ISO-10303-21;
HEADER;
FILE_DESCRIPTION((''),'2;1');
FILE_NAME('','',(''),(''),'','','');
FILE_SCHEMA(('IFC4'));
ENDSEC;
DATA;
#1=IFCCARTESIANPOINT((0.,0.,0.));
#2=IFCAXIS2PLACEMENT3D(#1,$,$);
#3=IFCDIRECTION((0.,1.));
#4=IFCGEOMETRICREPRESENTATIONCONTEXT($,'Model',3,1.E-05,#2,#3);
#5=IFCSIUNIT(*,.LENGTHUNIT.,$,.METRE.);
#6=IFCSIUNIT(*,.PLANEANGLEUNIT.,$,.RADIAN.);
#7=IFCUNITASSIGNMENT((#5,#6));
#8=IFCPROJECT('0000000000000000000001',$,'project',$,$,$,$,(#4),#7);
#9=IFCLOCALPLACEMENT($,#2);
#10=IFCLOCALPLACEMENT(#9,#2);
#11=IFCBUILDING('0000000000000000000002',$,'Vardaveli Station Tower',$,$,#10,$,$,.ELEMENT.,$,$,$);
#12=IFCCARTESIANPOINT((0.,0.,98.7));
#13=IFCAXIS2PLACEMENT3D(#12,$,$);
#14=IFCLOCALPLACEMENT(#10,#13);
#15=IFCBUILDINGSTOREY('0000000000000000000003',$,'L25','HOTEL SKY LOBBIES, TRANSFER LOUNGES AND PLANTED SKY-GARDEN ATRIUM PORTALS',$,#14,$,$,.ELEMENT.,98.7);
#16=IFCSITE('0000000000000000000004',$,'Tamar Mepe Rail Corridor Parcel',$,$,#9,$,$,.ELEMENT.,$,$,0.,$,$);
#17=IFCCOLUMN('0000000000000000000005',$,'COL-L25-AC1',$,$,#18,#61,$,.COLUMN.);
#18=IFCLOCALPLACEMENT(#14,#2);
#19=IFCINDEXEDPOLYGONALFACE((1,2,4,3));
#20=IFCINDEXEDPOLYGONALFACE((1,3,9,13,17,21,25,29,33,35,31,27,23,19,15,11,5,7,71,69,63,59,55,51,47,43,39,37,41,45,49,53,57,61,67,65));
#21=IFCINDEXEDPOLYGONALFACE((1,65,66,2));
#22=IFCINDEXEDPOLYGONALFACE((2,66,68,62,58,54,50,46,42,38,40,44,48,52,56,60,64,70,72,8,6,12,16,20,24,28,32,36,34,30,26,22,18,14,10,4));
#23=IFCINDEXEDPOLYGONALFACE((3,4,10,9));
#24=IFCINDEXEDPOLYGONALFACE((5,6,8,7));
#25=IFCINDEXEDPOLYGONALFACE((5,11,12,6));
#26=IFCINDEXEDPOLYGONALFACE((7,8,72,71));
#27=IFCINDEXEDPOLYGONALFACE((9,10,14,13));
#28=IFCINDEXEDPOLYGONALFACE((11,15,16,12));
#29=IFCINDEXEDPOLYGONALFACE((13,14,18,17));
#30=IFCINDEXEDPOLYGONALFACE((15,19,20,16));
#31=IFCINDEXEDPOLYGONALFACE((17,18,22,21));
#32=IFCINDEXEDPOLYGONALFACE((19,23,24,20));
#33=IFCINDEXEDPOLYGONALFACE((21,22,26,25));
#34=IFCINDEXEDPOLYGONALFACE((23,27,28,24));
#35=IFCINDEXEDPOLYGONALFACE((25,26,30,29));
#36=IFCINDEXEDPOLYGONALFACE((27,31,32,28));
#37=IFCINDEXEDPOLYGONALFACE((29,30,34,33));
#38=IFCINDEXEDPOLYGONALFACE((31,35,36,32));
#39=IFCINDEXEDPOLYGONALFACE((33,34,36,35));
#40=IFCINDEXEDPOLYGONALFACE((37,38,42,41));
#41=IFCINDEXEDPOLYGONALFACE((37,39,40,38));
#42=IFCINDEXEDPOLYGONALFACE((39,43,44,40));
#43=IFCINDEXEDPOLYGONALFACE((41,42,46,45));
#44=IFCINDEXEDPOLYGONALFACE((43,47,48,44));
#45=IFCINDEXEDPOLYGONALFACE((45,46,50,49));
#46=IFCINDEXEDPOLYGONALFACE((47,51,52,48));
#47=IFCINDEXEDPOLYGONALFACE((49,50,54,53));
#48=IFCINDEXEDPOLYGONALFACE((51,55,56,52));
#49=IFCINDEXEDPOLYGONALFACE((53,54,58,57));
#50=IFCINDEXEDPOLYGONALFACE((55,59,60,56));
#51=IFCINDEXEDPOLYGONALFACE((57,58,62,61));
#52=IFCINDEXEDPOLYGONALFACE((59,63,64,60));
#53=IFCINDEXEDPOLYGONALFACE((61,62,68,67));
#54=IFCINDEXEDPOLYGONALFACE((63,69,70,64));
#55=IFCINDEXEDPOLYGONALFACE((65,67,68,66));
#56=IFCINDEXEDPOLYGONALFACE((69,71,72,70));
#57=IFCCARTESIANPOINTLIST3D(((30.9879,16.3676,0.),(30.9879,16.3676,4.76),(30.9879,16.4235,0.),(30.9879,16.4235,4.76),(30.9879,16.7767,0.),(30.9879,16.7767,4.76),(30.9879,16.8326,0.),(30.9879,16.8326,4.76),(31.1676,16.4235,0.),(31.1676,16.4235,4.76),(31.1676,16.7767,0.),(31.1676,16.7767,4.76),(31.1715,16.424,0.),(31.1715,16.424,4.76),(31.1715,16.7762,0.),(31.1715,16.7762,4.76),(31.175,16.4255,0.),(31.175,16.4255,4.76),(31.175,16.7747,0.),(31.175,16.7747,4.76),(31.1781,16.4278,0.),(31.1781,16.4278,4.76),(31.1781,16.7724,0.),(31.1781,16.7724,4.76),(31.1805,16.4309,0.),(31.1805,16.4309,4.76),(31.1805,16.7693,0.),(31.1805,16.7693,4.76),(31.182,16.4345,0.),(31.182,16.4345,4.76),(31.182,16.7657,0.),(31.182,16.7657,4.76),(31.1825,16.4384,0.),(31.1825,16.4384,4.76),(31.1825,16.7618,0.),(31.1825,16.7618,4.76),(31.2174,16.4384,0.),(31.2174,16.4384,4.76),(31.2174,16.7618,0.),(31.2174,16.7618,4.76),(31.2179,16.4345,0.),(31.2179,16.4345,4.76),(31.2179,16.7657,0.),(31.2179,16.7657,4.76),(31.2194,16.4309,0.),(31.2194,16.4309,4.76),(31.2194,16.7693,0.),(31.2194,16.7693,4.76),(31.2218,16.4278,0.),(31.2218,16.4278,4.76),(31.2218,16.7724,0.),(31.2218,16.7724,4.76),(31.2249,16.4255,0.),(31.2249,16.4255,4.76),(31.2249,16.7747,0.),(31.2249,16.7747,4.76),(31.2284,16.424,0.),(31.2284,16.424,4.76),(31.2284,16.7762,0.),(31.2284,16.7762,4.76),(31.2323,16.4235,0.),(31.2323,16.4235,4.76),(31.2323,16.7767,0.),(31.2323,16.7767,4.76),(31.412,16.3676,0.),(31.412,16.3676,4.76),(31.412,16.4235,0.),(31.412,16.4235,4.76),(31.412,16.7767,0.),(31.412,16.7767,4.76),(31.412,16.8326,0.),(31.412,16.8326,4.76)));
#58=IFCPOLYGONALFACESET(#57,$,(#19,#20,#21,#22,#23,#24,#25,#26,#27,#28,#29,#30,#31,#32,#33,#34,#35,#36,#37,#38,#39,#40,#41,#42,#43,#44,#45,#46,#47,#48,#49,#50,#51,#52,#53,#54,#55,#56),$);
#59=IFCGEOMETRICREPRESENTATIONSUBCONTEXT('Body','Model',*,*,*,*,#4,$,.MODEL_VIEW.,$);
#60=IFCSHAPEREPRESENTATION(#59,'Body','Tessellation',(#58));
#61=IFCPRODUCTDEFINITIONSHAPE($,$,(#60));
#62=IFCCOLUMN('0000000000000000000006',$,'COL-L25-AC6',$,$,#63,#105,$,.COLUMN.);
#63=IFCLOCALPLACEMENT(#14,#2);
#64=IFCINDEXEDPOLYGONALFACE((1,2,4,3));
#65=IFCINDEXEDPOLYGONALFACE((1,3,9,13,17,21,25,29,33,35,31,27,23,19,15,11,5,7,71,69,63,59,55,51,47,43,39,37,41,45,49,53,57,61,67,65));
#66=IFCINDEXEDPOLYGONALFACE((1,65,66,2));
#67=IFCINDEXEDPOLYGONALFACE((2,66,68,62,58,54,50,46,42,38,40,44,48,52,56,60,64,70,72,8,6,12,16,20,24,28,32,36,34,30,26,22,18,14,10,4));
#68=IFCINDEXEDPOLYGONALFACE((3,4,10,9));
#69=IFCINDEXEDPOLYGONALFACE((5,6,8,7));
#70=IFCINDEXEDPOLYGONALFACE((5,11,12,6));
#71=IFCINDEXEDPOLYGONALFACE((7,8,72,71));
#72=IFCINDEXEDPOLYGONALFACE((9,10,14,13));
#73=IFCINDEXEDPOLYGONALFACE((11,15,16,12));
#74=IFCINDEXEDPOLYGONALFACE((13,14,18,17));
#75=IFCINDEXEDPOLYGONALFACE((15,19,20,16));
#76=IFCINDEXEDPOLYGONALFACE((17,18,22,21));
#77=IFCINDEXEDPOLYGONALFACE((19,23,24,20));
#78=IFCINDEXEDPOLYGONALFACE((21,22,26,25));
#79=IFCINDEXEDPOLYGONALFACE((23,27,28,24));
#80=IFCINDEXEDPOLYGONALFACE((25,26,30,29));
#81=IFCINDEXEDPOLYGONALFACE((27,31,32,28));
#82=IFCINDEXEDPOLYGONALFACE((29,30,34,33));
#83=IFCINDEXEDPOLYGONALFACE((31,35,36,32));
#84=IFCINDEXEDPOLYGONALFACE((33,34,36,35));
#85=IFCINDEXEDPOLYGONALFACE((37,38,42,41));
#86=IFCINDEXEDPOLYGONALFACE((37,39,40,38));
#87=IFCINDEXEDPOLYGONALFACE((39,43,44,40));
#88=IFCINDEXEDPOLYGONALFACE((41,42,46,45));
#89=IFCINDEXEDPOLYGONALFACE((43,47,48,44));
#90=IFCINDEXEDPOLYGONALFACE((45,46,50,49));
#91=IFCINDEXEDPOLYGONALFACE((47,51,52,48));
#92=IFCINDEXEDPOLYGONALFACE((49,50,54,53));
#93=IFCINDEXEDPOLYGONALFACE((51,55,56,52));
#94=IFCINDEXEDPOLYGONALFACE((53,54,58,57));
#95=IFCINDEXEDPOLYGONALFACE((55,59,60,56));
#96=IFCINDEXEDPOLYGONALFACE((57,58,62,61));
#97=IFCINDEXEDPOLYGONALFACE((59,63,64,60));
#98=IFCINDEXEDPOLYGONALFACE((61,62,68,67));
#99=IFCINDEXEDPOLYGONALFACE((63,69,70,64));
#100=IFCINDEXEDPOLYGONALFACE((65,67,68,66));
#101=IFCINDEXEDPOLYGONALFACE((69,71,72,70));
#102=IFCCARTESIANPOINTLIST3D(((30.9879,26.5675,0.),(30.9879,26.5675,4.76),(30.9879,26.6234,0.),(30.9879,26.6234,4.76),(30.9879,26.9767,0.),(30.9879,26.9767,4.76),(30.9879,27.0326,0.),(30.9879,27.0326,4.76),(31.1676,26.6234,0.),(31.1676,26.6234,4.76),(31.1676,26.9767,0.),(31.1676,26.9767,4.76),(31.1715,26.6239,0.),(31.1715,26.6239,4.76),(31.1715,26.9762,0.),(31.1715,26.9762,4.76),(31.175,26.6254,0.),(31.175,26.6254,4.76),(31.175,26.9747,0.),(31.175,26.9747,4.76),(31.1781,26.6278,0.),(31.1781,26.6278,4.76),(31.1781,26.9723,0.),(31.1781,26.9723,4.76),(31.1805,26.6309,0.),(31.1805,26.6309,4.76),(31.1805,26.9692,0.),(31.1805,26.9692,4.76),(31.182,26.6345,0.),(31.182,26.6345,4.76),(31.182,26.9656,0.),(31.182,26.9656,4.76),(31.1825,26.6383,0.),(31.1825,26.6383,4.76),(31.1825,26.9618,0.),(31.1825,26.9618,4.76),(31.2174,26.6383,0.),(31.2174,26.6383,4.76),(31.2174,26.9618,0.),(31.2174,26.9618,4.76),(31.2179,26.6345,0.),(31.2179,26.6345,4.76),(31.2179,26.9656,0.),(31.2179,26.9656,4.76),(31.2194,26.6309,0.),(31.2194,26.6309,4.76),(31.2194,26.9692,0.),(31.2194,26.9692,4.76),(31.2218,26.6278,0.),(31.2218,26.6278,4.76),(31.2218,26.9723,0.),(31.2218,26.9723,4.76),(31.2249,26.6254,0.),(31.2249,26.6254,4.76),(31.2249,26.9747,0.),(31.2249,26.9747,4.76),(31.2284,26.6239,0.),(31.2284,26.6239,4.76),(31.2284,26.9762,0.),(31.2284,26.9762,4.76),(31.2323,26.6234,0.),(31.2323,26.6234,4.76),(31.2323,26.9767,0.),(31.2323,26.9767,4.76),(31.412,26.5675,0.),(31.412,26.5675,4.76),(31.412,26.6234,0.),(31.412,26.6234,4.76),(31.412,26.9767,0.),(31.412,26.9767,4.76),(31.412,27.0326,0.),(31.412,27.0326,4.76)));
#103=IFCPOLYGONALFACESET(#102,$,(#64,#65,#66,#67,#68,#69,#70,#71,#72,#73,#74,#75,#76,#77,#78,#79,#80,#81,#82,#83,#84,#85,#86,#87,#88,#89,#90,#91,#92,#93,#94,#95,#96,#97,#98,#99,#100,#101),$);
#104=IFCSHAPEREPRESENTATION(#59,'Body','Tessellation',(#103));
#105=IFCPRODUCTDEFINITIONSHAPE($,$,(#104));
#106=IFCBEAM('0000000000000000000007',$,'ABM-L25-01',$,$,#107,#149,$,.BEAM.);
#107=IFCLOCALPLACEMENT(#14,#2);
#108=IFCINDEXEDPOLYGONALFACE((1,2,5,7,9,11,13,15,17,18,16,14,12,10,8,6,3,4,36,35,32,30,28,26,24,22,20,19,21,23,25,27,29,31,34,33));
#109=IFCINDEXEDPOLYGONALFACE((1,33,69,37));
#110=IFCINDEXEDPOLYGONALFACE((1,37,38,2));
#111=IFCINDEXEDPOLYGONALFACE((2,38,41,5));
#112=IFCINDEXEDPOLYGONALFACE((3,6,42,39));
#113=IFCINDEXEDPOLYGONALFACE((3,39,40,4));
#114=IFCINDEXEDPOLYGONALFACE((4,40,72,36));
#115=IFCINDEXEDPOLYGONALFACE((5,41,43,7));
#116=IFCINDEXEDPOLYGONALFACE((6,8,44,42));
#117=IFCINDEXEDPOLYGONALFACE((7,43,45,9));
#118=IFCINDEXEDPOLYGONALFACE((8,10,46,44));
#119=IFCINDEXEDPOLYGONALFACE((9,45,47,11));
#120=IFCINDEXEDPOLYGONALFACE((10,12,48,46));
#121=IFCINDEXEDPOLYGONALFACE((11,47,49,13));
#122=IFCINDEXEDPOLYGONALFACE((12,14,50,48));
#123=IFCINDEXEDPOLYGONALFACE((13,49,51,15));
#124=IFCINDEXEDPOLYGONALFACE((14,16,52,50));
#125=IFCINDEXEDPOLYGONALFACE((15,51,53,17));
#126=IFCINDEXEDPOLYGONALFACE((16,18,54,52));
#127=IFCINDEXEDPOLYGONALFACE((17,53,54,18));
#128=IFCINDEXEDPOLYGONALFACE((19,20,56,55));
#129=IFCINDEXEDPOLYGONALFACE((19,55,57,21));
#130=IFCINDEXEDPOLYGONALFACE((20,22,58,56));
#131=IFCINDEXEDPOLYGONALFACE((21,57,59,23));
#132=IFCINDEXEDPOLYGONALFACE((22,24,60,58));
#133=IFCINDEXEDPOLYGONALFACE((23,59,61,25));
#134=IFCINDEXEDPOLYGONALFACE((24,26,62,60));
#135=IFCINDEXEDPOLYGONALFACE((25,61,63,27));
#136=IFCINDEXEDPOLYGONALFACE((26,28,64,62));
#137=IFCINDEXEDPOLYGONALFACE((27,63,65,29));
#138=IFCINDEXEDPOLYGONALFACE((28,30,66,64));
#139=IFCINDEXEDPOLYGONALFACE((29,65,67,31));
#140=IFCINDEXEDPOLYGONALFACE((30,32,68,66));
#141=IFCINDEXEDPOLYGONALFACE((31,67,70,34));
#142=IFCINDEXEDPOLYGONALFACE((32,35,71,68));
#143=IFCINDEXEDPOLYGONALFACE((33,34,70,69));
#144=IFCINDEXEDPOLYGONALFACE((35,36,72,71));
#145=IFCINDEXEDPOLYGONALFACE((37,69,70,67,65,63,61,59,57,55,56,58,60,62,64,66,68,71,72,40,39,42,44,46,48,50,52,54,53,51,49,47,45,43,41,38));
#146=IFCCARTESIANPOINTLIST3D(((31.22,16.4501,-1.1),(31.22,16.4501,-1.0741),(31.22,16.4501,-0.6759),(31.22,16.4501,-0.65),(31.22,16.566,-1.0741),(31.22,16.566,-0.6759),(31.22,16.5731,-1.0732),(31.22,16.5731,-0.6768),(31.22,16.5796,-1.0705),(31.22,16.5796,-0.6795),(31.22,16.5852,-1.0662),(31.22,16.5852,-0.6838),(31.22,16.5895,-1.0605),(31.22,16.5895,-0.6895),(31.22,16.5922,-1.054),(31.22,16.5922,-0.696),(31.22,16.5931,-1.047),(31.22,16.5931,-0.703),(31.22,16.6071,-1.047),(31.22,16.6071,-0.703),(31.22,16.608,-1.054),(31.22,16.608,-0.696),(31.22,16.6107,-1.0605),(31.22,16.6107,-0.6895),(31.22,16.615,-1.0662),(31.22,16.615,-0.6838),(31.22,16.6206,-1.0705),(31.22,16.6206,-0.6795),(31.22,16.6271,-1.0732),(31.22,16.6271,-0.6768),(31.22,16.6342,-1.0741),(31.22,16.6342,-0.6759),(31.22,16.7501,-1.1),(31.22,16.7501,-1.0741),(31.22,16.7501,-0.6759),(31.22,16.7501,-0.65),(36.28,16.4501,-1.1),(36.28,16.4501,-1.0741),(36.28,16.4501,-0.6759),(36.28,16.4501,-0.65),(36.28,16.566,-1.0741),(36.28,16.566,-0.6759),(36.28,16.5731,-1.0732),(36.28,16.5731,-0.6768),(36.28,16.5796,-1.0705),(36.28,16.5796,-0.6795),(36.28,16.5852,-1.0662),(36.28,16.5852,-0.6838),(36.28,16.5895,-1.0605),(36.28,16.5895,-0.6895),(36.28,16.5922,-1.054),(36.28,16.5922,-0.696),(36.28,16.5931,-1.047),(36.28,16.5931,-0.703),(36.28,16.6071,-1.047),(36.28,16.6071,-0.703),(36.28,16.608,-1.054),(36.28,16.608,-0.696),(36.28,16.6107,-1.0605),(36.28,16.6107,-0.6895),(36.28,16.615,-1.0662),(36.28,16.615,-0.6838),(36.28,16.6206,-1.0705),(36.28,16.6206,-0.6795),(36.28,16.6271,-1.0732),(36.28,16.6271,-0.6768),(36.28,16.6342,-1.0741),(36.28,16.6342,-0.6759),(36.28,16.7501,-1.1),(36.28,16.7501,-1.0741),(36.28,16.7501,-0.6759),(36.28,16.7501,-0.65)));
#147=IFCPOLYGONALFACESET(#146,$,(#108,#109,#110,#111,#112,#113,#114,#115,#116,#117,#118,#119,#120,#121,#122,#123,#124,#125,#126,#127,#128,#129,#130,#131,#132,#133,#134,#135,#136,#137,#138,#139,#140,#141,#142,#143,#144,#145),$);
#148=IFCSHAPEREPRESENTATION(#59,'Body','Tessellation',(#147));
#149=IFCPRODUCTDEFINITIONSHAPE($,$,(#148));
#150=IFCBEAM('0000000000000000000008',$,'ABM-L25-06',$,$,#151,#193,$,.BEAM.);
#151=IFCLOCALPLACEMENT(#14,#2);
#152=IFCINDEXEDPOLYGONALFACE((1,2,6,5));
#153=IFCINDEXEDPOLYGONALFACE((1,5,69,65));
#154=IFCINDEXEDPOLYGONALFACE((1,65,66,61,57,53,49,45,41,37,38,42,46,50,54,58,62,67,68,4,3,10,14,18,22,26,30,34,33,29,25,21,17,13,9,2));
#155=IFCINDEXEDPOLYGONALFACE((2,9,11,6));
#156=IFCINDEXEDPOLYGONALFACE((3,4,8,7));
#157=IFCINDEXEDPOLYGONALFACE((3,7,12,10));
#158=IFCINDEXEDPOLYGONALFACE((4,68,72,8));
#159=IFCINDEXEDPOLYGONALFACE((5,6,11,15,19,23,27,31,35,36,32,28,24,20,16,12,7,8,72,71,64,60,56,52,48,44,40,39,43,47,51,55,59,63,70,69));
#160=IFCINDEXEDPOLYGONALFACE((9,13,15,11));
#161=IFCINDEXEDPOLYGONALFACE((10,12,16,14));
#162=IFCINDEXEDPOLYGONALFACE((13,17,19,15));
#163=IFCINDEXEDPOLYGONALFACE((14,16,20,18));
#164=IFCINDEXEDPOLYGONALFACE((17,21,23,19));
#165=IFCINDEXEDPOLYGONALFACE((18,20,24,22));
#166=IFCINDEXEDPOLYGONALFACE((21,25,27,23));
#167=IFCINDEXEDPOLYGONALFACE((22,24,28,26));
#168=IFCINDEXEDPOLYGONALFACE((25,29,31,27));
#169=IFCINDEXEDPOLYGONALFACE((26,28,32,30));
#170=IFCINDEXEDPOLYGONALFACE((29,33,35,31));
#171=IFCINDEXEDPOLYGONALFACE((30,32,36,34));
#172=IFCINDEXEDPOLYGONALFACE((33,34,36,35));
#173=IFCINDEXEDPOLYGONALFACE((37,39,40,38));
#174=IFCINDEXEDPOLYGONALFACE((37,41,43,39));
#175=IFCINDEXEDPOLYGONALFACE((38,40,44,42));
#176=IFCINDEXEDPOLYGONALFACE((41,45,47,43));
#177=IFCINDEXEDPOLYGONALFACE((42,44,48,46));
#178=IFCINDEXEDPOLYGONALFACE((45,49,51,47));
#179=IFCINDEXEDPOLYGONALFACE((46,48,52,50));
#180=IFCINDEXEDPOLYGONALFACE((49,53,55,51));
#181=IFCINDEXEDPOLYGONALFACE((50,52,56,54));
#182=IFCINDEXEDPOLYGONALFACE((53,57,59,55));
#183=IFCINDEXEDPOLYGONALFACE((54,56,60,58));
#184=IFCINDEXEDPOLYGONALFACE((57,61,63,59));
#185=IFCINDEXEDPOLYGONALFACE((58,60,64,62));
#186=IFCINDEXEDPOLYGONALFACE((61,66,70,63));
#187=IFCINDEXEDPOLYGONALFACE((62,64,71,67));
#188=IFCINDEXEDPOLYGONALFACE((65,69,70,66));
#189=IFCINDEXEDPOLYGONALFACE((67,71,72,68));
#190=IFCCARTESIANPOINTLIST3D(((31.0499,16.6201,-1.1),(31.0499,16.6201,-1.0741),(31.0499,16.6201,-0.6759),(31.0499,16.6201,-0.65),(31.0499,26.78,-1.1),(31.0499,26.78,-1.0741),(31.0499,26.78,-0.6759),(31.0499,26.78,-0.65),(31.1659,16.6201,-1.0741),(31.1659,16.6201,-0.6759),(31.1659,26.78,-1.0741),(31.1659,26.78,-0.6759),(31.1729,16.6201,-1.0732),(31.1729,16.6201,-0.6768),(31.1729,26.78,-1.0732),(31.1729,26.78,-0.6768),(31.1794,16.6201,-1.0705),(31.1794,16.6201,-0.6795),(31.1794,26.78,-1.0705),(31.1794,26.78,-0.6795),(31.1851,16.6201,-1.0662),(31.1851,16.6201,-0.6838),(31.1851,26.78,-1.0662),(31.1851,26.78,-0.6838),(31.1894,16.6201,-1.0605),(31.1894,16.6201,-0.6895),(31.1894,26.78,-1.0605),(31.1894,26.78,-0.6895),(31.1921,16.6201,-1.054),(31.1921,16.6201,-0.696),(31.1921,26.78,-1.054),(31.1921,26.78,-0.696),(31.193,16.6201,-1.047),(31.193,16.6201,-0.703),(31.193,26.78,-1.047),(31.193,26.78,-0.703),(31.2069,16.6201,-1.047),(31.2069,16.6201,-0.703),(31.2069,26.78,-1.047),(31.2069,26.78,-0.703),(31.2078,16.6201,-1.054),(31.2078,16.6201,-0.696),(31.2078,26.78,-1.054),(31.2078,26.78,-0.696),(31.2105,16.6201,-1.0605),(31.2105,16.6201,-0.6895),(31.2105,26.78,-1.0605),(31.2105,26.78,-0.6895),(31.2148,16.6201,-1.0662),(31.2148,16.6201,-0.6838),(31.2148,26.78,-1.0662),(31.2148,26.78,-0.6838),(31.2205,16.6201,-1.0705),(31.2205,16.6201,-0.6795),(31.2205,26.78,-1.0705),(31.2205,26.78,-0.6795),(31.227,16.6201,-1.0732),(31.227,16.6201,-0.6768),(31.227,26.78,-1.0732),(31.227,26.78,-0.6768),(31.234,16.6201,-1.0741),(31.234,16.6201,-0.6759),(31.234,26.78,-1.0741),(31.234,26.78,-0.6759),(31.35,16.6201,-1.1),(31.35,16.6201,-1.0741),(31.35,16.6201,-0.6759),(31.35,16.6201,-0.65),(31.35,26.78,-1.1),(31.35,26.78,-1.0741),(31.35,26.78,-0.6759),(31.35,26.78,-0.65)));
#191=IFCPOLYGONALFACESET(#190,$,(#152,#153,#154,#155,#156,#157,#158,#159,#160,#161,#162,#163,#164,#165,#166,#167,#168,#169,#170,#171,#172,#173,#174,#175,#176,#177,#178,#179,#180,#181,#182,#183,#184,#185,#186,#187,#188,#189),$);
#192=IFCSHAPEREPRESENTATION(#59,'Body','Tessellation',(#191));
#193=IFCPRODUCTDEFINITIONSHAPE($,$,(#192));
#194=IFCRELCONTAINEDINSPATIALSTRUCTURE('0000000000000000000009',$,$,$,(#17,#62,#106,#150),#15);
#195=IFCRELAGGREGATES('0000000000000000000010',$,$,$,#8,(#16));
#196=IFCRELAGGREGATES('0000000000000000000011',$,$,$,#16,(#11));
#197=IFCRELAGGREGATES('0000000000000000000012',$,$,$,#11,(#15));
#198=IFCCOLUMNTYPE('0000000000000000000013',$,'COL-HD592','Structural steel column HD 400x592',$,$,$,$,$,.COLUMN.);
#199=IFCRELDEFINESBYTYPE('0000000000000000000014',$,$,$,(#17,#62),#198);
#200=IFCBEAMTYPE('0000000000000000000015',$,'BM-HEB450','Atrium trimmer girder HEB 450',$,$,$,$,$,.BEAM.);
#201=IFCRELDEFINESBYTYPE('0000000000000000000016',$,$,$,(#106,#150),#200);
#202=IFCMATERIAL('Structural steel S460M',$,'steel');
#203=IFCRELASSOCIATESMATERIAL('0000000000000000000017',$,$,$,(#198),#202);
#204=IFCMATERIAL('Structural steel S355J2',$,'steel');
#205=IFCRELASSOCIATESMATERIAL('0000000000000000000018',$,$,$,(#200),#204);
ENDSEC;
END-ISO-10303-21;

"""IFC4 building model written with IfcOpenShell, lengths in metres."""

from ifc_helpers import new_model, si_unit, direction, frame, origin, origin_2d, place, context, subcontext, project, spatial, i_section, extrude, source, transform, mapped, material, material_profile, profile_set, type_object, element, save


model = new_model("IFC4")

# Units and contexts
model_context = context("Model", 3, precision=1e-05, world=origin(), true_north=direction((0.0, 1.0)))
body_context = subcontext(model_context, "Body", "Model", "MODEL_VIEW")
ifc_project = project(units=[si_unit("LENGTHUNIT", "METRE"), si_unit("PLANEANGLEUNIT", "RADIAN")], contexts=[model_context])

# Site, building, storey
site_placement = place(None, origin())
site = spatial("IfcSite", under=ifc_project, at=site_placement, Name="Tamar Mepe Rail Corridor Parcel", CompositionType="ELEMENT", RefElevation=0.0)
building_placement = place(site_placement, origin())
building = spatial("IfcBuilding", under=site, at=building_placement, Name="Vardaveli Station Tower", CompositionType="ELEMENT")
storey_placement = place(building_placement, frame((0.0, 0.0, 98.7)))
storey = spatial("IfcBuildingStorey", under=building, at=storey_placement, Name="L25", Description="HOTEL SKY LOBBIES, TRANSFER LOUNGES AND PLANTED SKY-GARDEN ATRIUM PORTALS", CompositionType="ELEMENT", Elevation=98.7)

# Columns
ifc_material_1 = material(Name="Structural steel S460M", Category="steel")
ifc_material_profile_1 = material_profile(ifc_material_1, i_section(OverallWidth=0.4241, OverallDepth=0.4651, WebThickness=0.0349, FlangeThickness=0.0559, FilletRadius=0.0149, at=origin_2d()), Name="HD 400x592")
ifc_profile_set_1 = profile_set([ifc_material_profile_1], Name="Structural steel S460M")
column_type = type_object("IfcColumnType", Name="COL-HD592", Description="Structural steel column HD 400x592", PredefinedType="COLUMN", material=ifc_profile_set_1)
shared_shape_1 = source(origin(), body_context, "Body", "SweptSolid", [
    extrude(i_section(OverallWidth=0.4241, OverallDepth=0.4651, WebThickness=0.0349, FlangeThickness=0.0559, FilletRadius=0.0149, at=origin_2d()), origin(), (0.0, 0.0, 1.0), 4.76),
])
for number, where, z_axis, x_axis, name in (
    (1, (31.2, 16.6001, 0.0), (0.0, 0.0, 1.0), (1.0, 0.0, 0.0), "COL-L25-AC1"),
    (2, (31.2, 26.8, 0.0), (0.0, 0.0, 1.0), (1.0, 0.0, 0.0), "COL-L25-AC6"),
):
    element("IfcColumn", number, at=place(storey_placement, frame(where, z_axis=z_axis, x_axis=x_axis)), inside=storey, type_object=column_type, Name=name, PredefinedType="COLUMN", context=body_context, shape_type="MappedRepresentation", body=[
        mapped(shared_shape_1, transform((0.0, 0.0, 0.0), scale=1.0)),
    ])

# Beams
ifc_material_2 = material(Name="Structural steel S355J2", Category="steel")
ifc_material_profile_2 = material_profile(ifc_material_2, i_section(OverallWidth=0.3, OverallDepth=0.45, WebThickness=0.0139, FlangeThickness=0.0259, FilletRadius=0.0271, at=origin_2d()), Name="HEB 450")
ifc_profile_set_2 = profile_set([ifc_material_profile_2], Name="Structural steel S355J2")
beam_type_1 = type_object("IfcBeamType", Name="BM-HEB450", Description="Atrium trimmer girder HEB 450", PredefinedType="BEAM", material=ifc_profile_set_2)
shared_shape_2 = source(origin(), body_context, "Body", "SweptSolid", [
    extrude(i_section(OverallWidth=0.3, OverallDepth=0.45, WebThickness=0.0139, FlangeThickness=0.0259, FilletRadius=0.0271, at=origin_2d()), origin(), (0.0, 0.0, 1.0), 5.0601),
])
beam_1_placement = place(storey_placement, frame((31.22, 16.6001, -0.875), z_axis=(1.0, 0.0, 0.0), x_axis=(0.0, 1.0, 0.0)))
element("IfcBeam", 3, at=beam_1_placement, inside=storey, type_object=beam_type_1, Name="ABM-L25-01", PredefinedType="BEAM", context=body_context, shape_type="MappedRepresentation", body=[
    mapped(shared_shape_2, transform((0.0, 0.0, 0.0), scale=1.0)),
])
shared_shape_3 = source(origin(), body_context, "Body", "SweptSolid", [
    extrude(i_section(OverallWidth=0.3, OverallDepth=0.45, WebThickness=0.0139, FlangeThickness=0.0259, FilletRadius=0.0271, at=origin_2d()), origin(), (0.0, 0.0, 1.0), 10.1599),
])
beam_2_placement = place(storey_placement, frame((31.2, 26.78, -0.875), z_axis=(0.0, -1.0, 0.0), x_axis=(1.0, 0.0, 0.0)))
element("IfcBeam", 4, at=beam_2_placement, inside=storey, type_object=beam_type_1, Name="ABM-L25-06", PredefinedType="BEAM", context=body_context, shape_type="MappedRepresentation", body=[
    mapped(shared_shape_3, transform((0.0, 0.0, 0.0), scale=1.0)),
])

save(model, "model.ifc")
